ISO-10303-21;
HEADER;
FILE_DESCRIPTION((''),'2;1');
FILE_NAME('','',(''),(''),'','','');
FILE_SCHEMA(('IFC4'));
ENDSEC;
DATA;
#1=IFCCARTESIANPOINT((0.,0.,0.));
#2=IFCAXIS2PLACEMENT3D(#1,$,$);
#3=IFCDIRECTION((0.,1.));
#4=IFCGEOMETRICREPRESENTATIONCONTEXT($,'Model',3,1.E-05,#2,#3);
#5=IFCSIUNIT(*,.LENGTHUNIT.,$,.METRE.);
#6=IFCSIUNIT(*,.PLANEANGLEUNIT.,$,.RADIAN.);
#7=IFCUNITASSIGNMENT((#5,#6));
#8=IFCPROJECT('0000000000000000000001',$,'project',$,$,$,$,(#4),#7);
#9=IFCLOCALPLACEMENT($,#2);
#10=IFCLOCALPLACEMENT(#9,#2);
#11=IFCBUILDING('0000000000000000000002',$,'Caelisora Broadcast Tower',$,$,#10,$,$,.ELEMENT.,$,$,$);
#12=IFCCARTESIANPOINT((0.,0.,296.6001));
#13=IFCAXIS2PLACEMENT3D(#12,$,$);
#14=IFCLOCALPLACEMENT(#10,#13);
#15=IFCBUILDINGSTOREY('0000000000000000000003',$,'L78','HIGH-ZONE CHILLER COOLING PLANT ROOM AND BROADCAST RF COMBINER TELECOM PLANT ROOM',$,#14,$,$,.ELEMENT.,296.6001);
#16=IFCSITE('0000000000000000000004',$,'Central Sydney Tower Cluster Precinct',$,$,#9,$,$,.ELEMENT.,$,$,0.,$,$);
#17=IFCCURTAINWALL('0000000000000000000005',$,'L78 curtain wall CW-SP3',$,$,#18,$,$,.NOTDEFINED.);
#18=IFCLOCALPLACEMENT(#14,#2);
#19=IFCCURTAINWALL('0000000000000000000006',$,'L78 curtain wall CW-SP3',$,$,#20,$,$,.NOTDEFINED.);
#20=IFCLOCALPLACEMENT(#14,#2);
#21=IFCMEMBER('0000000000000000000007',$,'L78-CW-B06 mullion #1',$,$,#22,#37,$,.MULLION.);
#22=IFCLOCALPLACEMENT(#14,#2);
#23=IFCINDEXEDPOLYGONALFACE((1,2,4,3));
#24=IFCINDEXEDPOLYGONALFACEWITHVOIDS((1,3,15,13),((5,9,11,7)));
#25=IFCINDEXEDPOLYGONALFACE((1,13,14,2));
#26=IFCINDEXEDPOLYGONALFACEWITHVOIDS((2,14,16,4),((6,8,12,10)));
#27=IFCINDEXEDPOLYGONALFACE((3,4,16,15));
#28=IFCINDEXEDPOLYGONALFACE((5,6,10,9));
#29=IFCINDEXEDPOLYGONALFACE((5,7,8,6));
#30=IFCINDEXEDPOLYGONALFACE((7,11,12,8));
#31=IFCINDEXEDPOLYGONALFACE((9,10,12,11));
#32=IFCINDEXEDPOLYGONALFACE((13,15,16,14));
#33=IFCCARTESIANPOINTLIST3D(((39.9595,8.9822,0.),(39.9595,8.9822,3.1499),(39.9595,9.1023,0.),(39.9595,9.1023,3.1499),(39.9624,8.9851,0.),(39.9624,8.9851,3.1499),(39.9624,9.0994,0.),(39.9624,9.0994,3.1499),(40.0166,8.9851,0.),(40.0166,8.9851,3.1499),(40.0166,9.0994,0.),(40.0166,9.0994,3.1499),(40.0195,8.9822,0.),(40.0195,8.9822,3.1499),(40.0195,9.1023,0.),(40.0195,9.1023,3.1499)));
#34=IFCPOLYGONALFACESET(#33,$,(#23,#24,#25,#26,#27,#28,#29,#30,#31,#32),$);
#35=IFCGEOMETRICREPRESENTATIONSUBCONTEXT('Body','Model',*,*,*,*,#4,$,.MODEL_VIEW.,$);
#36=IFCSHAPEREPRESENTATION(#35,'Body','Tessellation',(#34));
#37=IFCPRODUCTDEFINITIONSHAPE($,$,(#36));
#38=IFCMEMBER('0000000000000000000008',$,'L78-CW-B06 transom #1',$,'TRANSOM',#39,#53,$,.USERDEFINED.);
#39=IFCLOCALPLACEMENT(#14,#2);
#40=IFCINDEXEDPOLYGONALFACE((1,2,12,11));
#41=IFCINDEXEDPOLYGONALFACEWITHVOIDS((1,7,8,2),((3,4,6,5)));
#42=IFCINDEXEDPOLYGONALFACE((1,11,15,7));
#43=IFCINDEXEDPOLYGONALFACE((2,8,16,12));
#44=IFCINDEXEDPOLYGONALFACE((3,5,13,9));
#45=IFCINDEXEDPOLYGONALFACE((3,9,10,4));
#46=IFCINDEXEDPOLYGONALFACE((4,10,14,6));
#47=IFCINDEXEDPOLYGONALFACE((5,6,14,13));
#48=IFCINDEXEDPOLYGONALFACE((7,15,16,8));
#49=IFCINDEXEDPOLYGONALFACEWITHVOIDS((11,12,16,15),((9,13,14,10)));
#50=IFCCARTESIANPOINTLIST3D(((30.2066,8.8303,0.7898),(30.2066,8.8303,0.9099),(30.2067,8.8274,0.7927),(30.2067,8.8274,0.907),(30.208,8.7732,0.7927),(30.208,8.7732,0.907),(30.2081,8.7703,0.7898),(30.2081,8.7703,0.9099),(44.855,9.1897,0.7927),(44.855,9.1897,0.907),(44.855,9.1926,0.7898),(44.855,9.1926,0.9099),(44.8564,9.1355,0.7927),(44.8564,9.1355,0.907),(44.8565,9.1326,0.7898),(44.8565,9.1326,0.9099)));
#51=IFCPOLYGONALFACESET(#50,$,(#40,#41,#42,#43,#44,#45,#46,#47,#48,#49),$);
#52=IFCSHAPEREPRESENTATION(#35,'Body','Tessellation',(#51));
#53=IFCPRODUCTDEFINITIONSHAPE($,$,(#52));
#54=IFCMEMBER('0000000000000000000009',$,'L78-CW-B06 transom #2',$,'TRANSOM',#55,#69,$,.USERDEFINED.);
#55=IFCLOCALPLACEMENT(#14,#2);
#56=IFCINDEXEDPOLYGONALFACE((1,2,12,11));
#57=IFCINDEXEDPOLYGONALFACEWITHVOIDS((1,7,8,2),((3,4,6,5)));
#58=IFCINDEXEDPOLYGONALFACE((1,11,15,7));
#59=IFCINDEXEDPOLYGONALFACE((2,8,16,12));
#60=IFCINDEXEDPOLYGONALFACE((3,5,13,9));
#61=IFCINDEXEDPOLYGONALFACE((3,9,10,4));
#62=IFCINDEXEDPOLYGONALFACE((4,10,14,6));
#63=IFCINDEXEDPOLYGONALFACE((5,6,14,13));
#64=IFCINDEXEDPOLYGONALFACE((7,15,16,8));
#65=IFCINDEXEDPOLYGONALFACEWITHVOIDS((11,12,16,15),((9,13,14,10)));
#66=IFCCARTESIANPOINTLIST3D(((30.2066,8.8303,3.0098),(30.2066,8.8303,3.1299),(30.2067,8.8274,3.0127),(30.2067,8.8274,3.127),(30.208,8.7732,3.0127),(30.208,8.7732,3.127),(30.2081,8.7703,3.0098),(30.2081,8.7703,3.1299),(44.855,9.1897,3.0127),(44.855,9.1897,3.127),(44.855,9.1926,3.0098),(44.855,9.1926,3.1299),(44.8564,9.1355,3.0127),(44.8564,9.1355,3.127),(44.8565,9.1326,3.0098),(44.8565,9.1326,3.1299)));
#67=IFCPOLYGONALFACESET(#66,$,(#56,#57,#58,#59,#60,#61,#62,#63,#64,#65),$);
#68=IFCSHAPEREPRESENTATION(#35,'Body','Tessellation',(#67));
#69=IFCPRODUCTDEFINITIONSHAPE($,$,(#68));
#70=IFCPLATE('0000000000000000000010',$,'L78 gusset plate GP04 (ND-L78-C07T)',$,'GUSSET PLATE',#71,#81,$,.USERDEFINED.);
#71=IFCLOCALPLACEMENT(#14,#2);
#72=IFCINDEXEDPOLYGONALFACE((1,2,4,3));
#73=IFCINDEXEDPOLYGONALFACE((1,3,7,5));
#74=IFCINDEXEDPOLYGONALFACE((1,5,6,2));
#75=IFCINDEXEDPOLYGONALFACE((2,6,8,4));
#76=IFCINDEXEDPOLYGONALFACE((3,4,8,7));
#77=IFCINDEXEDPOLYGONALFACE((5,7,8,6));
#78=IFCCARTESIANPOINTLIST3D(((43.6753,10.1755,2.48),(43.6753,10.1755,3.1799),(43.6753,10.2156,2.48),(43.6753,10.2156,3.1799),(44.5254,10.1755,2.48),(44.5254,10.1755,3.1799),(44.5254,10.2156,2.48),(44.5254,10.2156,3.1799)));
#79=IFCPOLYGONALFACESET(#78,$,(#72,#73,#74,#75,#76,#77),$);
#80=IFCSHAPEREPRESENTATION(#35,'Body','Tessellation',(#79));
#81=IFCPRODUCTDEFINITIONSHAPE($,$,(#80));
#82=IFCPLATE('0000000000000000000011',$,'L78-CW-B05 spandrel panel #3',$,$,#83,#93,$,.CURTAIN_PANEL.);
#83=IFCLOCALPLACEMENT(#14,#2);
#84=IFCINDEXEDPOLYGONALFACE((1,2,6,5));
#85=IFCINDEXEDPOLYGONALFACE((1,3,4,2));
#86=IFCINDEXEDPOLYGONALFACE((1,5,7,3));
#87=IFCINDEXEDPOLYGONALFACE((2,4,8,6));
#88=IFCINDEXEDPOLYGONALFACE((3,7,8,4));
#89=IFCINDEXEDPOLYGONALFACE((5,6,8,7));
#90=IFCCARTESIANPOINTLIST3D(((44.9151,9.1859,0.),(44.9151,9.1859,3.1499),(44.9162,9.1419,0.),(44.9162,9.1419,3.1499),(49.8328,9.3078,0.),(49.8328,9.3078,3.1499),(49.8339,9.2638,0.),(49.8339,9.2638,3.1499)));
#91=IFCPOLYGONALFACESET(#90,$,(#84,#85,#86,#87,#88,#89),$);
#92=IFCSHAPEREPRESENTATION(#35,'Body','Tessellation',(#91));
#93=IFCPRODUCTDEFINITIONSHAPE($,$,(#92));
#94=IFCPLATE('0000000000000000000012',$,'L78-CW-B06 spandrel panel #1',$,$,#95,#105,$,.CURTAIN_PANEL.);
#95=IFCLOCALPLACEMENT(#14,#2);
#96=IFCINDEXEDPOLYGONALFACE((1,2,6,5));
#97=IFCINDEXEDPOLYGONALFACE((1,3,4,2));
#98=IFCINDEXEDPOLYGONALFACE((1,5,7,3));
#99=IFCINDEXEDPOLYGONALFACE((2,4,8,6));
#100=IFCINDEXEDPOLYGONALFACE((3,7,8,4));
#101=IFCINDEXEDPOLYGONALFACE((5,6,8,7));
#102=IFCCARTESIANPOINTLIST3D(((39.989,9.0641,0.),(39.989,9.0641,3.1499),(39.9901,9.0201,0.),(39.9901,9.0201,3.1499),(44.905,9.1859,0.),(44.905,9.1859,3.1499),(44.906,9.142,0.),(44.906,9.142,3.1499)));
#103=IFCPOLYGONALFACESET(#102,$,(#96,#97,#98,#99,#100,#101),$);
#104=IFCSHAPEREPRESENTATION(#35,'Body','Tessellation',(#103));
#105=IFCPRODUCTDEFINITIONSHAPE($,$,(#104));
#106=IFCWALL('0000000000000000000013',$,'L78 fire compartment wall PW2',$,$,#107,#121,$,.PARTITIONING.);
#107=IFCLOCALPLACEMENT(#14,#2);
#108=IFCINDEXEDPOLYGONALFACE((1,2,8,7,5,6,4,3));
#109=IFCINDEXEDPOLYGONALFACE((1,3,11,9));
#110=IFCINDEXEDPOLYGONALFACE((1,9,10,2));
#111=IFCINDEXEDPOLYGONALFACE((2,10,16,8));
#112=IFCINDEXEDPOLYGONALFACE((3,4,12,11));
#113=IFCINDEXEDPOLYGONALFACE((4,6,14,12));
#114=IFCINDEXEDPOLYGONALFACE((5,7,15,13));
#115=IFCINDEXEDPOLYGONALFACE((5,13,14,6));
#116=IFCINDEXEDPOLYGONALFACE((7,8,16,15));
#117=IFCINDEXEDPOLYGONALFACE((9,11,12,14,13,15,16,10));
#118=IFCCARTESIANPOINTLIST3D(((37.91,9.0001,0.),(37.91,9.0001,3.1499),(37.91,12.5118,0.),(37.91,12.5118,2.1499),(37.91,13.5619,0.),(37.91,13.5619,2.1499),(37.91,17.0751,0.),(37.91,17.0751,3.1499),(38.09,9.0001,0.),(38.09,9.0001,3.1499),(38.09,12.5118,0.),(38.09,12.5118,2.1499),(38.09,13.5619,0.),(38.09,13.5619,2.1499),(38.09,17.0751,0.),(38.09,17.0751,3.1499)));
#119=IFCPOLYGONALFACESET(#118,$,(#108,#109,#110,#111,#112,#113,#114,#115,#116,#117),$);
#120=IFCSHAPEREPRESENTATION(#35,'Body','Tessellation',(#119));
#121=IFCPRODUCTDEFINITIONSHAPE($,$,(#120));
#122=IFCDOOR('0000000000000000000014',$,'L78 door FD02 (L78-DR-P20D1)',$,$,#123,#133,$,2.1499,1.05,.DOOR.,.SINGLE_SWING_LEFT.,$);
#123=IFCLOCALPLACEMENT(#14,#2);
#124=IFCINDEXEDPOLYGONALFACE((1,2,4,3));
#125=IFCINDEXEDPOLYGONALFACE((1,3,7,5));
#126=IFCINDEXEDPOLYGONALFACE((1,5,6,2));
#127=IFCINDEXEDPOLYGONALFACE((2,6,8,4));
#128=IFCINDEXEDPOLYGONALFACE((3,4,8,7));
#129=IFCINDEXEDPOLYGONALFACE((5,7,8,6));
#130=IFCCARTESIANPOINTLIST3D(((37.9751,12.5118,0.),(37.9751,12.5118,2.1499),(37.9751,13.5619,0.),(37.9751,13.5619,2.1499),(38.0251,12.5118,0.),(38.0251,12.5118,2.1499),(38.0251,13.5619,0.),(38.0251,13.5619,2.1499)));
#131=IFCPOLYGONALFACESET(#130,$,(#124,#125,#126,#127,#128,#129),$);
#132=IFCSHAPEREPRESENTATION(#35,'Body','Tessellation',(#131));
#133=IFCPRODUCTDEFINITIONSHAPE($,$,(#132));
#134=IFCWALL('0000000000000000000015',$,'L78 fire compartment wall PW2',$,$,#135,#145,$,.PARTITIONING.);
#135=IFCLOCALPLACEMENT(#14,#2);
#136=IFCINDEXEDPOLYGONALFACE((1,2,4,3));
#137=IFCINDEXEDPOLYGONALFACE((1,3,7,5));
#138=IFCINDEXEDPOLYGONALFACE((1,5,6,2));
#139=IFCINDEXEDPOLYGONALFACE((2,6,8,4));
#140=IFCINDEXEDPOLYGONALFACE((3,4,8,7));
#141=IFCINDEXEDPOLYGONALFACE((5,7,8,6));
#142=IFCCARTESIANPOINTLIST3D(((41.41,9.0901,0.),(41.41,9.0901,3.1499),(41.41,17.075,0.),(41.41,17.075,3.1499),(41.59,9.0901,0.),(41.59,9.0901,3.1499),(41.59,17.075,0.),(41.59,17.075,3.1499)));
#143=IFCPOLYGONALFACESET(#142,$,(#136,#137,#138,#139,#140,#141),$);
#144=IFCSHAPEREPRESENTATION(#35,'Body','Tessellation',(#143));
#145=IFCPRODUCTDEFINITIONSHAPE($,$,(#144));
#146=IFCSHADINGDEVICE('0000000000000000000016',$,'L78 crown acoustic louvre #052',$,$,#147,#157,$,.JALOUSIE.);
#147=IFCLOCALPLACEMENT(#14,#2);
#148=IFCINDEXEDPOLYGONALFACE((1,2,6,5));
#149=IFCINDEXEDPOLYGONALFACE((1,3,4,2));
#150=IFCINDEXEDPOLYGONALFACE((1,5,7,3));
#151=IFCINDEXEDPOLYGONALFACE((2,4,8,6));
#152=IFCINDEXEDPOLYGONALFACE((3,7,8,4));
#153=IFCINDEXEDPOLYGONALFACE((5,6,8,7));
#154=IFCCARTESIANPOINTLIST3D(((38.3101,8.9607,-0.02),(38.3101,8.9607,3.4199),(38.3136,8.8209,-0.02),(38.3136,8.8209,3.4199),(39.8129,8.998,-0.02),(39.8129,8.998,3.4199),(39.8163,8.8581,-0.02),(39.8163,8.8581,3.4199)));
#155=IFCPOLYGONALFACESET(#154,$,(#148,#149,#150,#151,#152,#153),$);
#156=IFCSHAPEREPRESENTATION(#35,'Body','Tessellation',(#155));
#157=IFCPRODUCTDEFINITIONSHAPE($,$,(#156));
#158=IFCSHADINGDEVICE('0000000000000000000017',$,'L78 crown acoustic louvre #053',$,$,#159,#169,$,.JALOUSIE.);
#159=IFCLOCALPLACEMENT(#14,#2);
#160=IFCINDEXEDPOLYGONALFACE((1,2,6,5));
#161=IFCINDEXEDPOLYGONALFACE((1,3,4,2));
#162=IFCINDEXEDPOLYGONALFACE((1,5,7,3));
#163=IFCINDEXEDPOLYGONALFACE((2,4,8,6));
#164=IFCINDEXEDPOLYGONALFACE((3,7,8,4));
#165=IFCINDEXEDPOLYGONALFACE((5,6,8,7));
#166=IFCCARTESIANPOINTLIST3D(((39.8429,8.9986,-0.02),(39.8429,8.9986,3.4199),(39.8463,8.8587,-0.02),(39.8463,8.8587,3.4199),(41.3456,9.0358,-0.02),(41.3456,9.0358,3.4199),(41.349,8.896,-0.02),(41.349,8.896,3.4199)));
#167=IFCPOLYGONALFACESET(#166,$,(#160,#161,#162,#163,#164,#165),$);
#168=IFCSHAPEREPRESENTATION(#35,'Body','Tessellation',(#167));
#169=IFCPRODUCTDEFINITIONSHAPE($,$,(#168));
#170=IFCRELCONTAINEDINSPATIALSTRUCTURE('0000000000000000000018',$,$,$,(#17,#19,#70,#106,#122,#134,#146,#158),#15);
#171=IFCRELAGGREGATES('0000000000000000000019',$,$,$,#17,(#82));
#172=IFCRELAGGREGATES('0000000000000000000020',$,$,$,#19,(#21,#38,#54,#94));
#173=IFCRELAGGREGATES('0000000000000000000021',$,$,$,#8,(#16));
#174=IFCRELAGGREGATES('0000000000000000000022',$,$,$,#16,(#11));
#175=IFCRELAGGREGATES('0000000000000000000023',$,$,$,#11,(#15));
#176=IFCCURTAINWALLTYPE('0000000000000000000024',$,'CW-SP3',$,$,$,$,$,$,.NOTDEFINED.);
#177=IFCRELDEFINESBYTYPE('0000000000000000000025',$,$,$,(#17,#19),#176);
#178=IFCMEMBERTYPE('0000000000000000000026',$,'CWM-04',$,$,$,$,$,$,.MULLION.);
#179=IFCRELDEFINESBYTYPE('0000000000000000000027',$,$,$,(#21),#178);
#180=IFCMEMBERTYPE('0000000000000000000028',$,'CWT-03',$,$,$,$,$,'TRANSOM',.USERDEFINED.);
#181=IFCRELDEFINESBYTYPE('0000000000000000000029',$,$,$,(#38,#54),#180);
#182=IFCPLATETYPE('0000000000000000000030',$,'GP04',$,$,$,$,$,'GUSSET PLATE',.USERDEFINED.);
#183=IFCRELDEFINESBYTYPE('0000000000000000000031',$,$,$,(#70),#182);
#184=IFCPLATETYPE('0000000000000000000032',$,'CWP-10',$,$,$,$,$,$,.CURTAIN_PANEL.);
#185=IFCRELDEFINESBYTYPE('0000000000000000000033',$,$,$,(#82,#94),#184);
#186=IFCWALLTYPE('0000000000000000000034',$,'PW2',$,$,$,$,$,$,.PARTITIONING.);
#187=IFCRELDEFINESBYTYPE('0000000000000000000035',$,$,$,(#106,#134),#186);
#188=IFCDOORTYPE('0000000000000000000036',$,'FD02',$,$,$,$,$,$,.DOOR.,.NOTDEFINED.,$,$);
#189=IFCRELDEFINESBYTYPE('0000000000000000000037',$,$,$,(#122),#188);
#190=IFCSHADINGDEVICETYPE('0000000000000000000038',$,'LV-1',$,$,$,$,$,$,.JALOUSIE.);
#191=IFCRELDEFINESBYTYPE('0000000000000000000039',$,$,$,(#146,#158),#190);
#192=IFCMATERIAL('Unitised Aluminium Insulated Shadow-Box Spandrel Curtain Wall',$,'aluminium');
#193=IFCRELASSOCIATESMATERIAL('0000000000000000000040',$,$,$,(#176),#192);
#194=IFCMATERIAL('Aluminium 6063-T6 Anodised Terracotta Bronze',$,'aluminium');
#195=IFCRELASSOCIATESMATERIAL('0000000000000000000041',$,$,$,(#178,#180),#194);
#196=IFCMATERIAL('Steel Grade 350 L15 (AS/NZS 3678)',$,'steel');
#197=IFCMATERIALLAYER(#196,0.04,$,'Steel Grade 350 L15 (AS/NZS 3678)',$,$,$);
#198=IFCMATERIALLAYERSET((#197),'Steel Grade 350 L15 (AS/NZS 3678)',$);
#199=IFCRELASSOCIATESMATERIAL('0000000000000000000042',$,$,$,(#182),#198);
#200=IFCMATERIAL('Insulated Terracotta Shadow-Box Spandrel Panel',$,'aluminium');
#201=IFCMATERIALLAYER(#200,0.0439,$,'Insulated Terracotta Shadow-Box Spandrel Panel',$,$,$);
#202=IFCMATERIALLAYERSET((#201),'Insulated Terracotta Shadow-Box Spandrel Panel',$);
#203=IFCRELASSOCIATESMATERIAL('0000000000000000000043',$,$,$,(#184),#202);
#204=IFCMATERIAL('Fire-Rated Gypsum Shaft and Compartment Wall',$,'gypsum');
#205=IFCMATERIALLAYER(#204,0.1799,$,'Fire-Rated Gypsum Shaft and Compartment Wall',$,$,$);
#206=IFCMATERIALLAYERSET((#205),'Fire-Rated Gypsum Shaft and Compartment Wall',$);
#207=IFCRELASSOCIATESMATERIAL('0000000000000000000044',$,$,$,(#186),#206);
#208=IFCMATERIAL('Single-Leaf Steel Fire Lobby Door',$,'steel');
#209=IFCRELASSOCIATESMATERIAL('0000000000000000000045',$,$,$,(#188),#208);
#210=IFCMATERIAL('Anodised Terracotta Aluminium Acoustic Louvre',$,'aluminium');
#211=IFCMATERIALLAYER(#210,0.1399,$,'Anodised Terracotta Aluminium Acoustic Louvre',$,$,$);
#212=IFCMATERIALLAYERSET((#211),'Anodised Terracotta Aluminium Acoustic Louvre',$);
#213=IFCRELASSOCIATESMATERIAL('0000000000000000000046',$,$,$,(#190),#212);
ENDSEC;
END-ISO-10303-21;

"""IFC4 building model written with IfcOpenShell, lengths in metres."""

from ifc_helpers import new_model, si_unit, direction, frame, frame_2d, origin, origin_2d, place, context, subcontext, project, spatial, rectangle, hollow_rectangle, extrude, source, transform, mapped, material, layer, layer_set, material_profile, profile_set, type_object, type_shapes, element, fill, aggregate, save


model = new_model("IFC4")

# Units and contexts
model_context = context("Model", 3, precision=1e-05, world=origin(), true_north=direction((0.0, 1.0)))
body_context = subcontext(model_context, "Body", "Model", "MODEL_VIEW")
ifc_project = project(units=[si_unit("LENGTHUNIT", "METRE"), si_unit("PLANEANGLEUNIT", "RADIAN")], contexts=[model_context])

# Site, building, storey
site_placement = place(None, origin())
site = spatial("IfcSite", under=ifc_project, at=site_placement, Name="Central Sydney Tower Cluster Precinct", CompositionType="ELEMENT", RefElevation=0.0)
building_placement = place(site_placement, origin())
building = spatial("IfcBuilding", under=site, at=building_placement, Name="Caelisora Broadcast Tower", CompositionType="ELEMENT")
storey_placement = place(building_placement, frame((0.0, 0.0, 296.6001)))
storey = spatial("IfcBuildingStorey", under=building, at=storey_placement, Name="L78", Description="HIGH-ZONE CHILLER COOLING PLANT ROOM AND BROADCAST RF COMBINER TELECOM PLANT ROOM", CompositionType="ELEMENT", Elevation=296.6001)

# Curtain wall
ifc_material_1 = material(Name="Unitised Aluminium Insulated Shadow-Box Spandrel Curtain Wall", Category="aluminium")
curtain_wall_type = type_object("IfcCurtainWallType", Name="CW-SP3", PredefinedType="NOTDEFINED", material=ifc_material_1)
curtain_wall_1_placement = place(storey_placement, origin())
curtain_wall_1 = element("IfcCurtainWall", 1, at=curtain_wall_1_placement, inside=storey, type_object=curtain_wall_type, Name="L78 curtain wall CW-SP3", PredefinedType="NOTDEFINED")
ifc_material_2 = material(Name="Aluminium 6063-T6 Anodised Terracotta Bronze", Category="aluminium")
ifc_material_profile_1 = material_profile(ifc_material_2, hollow_rectangle(XDim=0.0601, YDim=0.1201, WallThickness=0.0029, at=origin_2d()), Name="Aluminium 6063-T6 Anodised Terracotta Bronze")
ifc_profile_set_1 = profile_set([ifc_material_profile_1], Name="Aluminium 6063-T6 Anodised Terracotta Bronze")
member_type_1 = type_object("IfcMemberType", Name="CWM-04", PredefinedType="MULLION", material=ifc_profile_set_1)
shared_shape_1 = source(origin(), body_context, "Body", "SweptSolid", [
    extrude(hollow_rectangle(XDim=0.0601, YDim=0.1201, WallThickness=0.0029, at=origin_2d()), origin(), (0.0, 0.0, 1.0), 3.1499),
])
type_shapes(member_type_1, [shared_shape_1])

# Curtain wall, members
curtain_wall_2_placement = place(storey_placement, origin())
curtain_wall_2 = element("IfcCurtainWall", 2, at=curtain_wall_2_placement, inside=storey, type_object=curtain_wall_type, Name="L78 curtain wall CW-SP3", PredefinedType="NOTDEFINED")
member_1_placement = place(storey_placement, frame((39.9895, 9.0422, 0.0), z_axis=(0.0, 0.0, 1.0), x_axis=(1.0, 0.0, 0.0)))
member_1 = element("IfcMember", 3, at=member_1_placement, type_object=member_type_1, Name="L78-CW-B06 mullion #1", PredefinedType="MULLION", context=body_context, shape_type="MappedRepresentation", body=[
    mapped(shared_shape_1, transform((0.0, 0.0, 0.0), scale=1.0)),
])
ifc_material_profile_2 = material_profile(ifc_material_2, hollow_rectangle(XDim=0.0601, YDim=0.1201, WallThickness=0.0029, at=origin_2d()), Name="Aluminium 6063-T6 Anodised Terracotta Bronze")
ifc_profile_set_2 = profile_set([ifc_material_profile_2], Name="Aluminium 6063-T6 Anodised Terracotta Bronze")
member_type_2 = type_object("IfcMemberType", Name="CWT-03", ElementType="TRANSOM", PredefinedType="USERDEFINED", material=ifc_profile_set_2)
shared_shape_2 = source(origin(), body_context, "Body", "SweptSolid", [
    extrude(hollow_rectangle(XDim=0.0601, YDim=0.1201, WallThickness=0.0029, at=origin_2d()), origin(), (0.0, 0.0, 1.0), 14.6528),
])
type_shapes(member_type_2, [shared_shape_2])
member_2_placement = place(storey_placement, frame((44.8557, 9.1626, 0.8499), z_axis=(-0.999694, -0.024726, 0.0), x_axis=(0.024726, -0.999694, 0.0)))
member_2 = element("IfcMember", 4, at=member_2_placement, type_object=member_type_2, Name="L78-CW-B06 transom #1", ObjectType="TRANSOM", PredefinedType="USERDEFINED", context=body_context, shape_type="MappedRepresentation", body=[
    mapped(shared_shape_2, transform((0.0, 0.0, 0.0), scale=1.0)),
])
member_3_placement = place(storey_placement, frame((44.8557, 9.1626, 3.0698), z_axis=(-0.999694, -0.024726, 0.0), x_axis=(0.024726, -0.999694, 0.0)))
member_3 = element("IfcMember", 5, at=member_3_placement, type_object=member_type_2, Name="L78-CW-B06 transom #2", ObjectType="TRANSOM", PredefinedType="USERDEFINED", context=body_context, shape_type="MappedRepresentation", body=[
    mapped(shared_shape_2, transform((0.0, 0.0, 0.0), scale=1.0)),
])

# Plates
ifc_material_3 = material(Name="Steel Grade 350 L15 (AS/NZS 3678)", Category="steel")
ifc_layer_1 = layer(ifc_material_3, 0.04, Name="Steel Grade 350 L15 (AS/NZS 3678)")
ifc_layer_set_1 = layer_set([ifc_layer_1], Name="Steel Grade 350 L15 (AS/NZS 3678)")
plate_type_1 = type_object("IfcPlateType", Name="GP04", ElementType="GUSSET PLATE", PredefinedType="USERDEFINED", material=ifc_layer_set_1)
shared_shape_3 = source(origin(), body_context, "Body", "SweptSolid", [
    extrude(rectangle(XDim=0.8501, YDim=0.04, at=origin_2d()), origin(), (0.0, 0.0, 1.0), 0.7),
])
type_shapes(plate_type_1, [shared_shape_3])
plate_1_placement = place(storey_placement, frame((44.1003, 10.1956, 2.48), z_axis=(0.0, 0.0, 1.0), x_axis=(1.0, 0.0, 0.0)))
element("IfcPlate", 6, at=plate_1_placement, inside=storey, type_object=plate_type_1, Name="L78 gusset plate GP04 (ND-L78-C07T)", ObjectType="GUSSET PLATE", PredefinedType="USERDEFINED", context=body_context, shape_type="MappedRepresentation", body=[
    mapped(shared_shape_3, transform((0.0, 0.0, 0.0), scale=1.0)),
])
ifc_material_4 = material(Name="Insulated Terracotta Shadow-Box Spandrel Panel", Category="aluminium")
ifc_layer_2 = layer(ifc_material_4, 0.0439, Name="Insulated Terracotta Shadow-Box Spandrel Panel")
ifc_layer_set_2 = layer_set([ifc_layer_2], Name="Insulated Terracotta Shadow-Box Spandrel Panel")
plate_type_2 = type_object("IfcPlateType", Name="CWP-10", PredefinedType="CURTAIN_PANEL", material=ifc_layer_set_2)
shared_shape_4 = source(origin(), body_context, "Body", "SweptSolid", [
    extrude(rectangle(XDim=4.9192, YDim=0.0439, at=origin_2d()), origin(), (0.0, 0.0, 1.0), 3.1499),
])
plate_2_placement = place(storey_placement, frame((47.3745, 9.2249, 0.0), z_axis=(0.0, 0.0, 1.0), x_axis=(-0.999693, -0.024781, 0.0)))
plate_2 = element("IfcPlate", 7, at=plate_2_placement, type_object=plate_type_2, Name="L78-CW-B05 spandrel panel #3", PredefinedType="CURTAIN_PANEL", context=body_context, shape_type="MappedRepresentation", body=[
    mapped(shared_shape_4, transform((0.0, 0.0, 0.0), scale=1.0)),
])
aggregate(curtain_wall_1, [plate_2])
shared_shape_5 = source(origin(), body_context, "Body", "SweptSolid", [
    extrude(rectangle(XDim=4.9175, YDim=0.0439, at=origin_2d()), origin(), (0.0, 0.0, 1.0), 3.1499),
])
type_shapes(plate_type_2, [shared_shape_4, shared_shape_5])
plate_3_placement = place(storey_placement, frame((42.4475, 9.103, 0.0), z_axis=(0.0, 0.0, 1.0), x_axis=(-0.999693, -0.024781, 0.0)))
plate_3 = element("IfcPlate", 8, at=plate_3_placement, type_object=plate_type_2, Name="L78-CW-B06 spandrel panel #1", PredefinedType="CURTAIN_PANEL", context=body_context, shape_type="MappedRepresentation", body=[
    mapped(shared_shape_5, transform((0.0, 0.0, 0.0), scale=1.0)),
])
aggregate(curtain_wall_2, [member_1, member_2, member_3, plate_3])

# Wall, opening, door
ifc_material_5 = material(Name="Fire-Rated Gypsum Shaft and Compartment Wall", Category="gypsum")
ifc_layer_3 = layer(ifc_material_5, 0.1799, Name="Fire-Rated Gypsum Shaft and Compartment Wall")
ifc_layer_set_3 = layer_set([ifc_layer_3], Name="Fire-Rated Gypsum Shaft and Compartment Wall")
wall_type = type_object("IfcWallType", Name="PW2", PredefinedType="PARTITIONING", material=ifc_layer_set_3)
wall_1_placement = place(storey_placement, frame((38.0, 9.0, 0.0), z_axis=(0.0, 0.0, 1.0), x_axis=(0.0, 1.0, 0.0)))
wall_1 = element("IfcWall", 9, at=wall_1_placement, inside=storey, type_object=wall_type, Name="L78 fire compartment wall PW2", PredefinedType="PARTITIONING", context=body_context, shape_type="SweptSolid", body=[
    extrude(rectangle(XDim=8.075, YDim=0.1799, at=frame_2d((4.0376, 0.0))), origin(), (0.0, 0.0, 1.0), 3.1499),
])
opening_placement = place(wall_1_placement, frame((3.512, 0.0, 0.0)))
opening = element("IfcOpeningElement", 10, at=opening_placement, cuts=wall_1, PredefinedType="OPENING", context=body_context, shape_type="SweptSolid", body=[
    extrude(rectangle(XDim=1.05, YDim=2.1499, at=frame_2d((0.5249, 1.075))), frame((0.0, 0.1021, 0.0), z_axis=(0.0, -1.0, 0.0), x_axis=(1.0, 0.0, 0.0)), (0.0, 0.0, 1.0), 0.2039),
])
ifc_material_6 = material(Name="Single-Leaf Steel Fire Lobby Door", Category="steel")
door_type = type_object("IfcDoorType", Name="FD02", OperationType="NOTDEFINED", PredefinedType="DOOR", material=ifc_material_6)
door_placement = place(opening_placement, origin())
door = element("IfcDoor", 11, at=door_placement, inside=storey, type_object=door_type, Name="L78 door FD02 (L78-DR-P20D1)", OperationType="SINGLE_SWING_LEFT", OverallHeight=2.1499, OverallWidth=1.05, PredefinedType="DOOR", context=body_context, shape_type="SweptSolid", body=[
    extrude(rectangle(XDim=1.05, YDim=2.1499, at=frame_2d((0.5249, 1.075))), frame((0.0, 0.0249, 0.0), z_axis=(0.0, -1.0, 0.0), x_axis=(1.0, 0.0, 0.0)), (0.0, 0.0, 1.0), 0.05),
])
fill(opening, door)

# Wall
wall_2_placement = place(storey_placement, frame((41.5, 9.0901, 0.0), z_axis=(0.0, 0.0, 1.0), x_axis=(0.0, 1.0, 0.0)))
element("IfcWall", 12, at=wall_2_placement, inside=storey, type_object=wall_type, Name="L78 fire compartment wall PW2", PredefinedType="PARTITIONING", context=body_context, shape_type="SweptSolid", body=[
    extrude(rectangle(XDim=7.9849, YDim=0.1799, at=frame_2d((3.9924, 0.0))), origin(), (0.0, 0.0, 1.0), 3.1499),
])

# Shading devices
ifc_material_7 = material(Name="Anodised Terracotta Aluminium Acoustic Louvre", Category="aluminium")
ifc_layer_4 = layer(ifc_material_7, 0.1399, Name="Anodised Terracotta Aluminium Acoustic Louvre")
ifc_layer_set_4 = layer_set([ifc_layer_4], Name="Anodised Terracotta Aluminium Acoustic Louvre")
shading_device_type = type_object("IfcShadingDeviceType", Name="LV-1", PredefinedType="JALOUSIE", material=ifc_layer_set_4)
shared_shape_6 = source(origin(), body_context, "Body", "SweptSolid", [
    extrude(rectangle(XDim=1.5032, YDim=0.1399, at=origin_2d()), origin(), (0.0, 0.0, 1.0), 3.4399),
])
type_shapes(shading_device_type, [shared_shape_6])
for number, where, z_axis, x_axis, name in (
    (13, (39.0632, 8.9094, -0.02), (0.0, 0.0, 1.0), (0.999693, 0.024781, 0.0), "L78 crown acoustic louvre #052"),
    (14, (40.5959, 8.9473, -0.02), (0.0, 0.0, 1.0), (0.999693, 0.024781, 0.0), "L78 crown acoustic louvre #053"),
):
    element("IfcShadingDevice", number, at=place(storey_placement, frame(where, z_axis=z_axis, x_axis=x_axis)), inside=storey, type_object=shading_device_type, Name=name, PredefinedType="JALOUSIE", context=body_context, shape_type="MappedRepresentation", body=[
        mapped(shared_shape_6, transform((0.0, 0.0, 0.0), scale=1.0)),
    ])

save(model, "model.ifc")
